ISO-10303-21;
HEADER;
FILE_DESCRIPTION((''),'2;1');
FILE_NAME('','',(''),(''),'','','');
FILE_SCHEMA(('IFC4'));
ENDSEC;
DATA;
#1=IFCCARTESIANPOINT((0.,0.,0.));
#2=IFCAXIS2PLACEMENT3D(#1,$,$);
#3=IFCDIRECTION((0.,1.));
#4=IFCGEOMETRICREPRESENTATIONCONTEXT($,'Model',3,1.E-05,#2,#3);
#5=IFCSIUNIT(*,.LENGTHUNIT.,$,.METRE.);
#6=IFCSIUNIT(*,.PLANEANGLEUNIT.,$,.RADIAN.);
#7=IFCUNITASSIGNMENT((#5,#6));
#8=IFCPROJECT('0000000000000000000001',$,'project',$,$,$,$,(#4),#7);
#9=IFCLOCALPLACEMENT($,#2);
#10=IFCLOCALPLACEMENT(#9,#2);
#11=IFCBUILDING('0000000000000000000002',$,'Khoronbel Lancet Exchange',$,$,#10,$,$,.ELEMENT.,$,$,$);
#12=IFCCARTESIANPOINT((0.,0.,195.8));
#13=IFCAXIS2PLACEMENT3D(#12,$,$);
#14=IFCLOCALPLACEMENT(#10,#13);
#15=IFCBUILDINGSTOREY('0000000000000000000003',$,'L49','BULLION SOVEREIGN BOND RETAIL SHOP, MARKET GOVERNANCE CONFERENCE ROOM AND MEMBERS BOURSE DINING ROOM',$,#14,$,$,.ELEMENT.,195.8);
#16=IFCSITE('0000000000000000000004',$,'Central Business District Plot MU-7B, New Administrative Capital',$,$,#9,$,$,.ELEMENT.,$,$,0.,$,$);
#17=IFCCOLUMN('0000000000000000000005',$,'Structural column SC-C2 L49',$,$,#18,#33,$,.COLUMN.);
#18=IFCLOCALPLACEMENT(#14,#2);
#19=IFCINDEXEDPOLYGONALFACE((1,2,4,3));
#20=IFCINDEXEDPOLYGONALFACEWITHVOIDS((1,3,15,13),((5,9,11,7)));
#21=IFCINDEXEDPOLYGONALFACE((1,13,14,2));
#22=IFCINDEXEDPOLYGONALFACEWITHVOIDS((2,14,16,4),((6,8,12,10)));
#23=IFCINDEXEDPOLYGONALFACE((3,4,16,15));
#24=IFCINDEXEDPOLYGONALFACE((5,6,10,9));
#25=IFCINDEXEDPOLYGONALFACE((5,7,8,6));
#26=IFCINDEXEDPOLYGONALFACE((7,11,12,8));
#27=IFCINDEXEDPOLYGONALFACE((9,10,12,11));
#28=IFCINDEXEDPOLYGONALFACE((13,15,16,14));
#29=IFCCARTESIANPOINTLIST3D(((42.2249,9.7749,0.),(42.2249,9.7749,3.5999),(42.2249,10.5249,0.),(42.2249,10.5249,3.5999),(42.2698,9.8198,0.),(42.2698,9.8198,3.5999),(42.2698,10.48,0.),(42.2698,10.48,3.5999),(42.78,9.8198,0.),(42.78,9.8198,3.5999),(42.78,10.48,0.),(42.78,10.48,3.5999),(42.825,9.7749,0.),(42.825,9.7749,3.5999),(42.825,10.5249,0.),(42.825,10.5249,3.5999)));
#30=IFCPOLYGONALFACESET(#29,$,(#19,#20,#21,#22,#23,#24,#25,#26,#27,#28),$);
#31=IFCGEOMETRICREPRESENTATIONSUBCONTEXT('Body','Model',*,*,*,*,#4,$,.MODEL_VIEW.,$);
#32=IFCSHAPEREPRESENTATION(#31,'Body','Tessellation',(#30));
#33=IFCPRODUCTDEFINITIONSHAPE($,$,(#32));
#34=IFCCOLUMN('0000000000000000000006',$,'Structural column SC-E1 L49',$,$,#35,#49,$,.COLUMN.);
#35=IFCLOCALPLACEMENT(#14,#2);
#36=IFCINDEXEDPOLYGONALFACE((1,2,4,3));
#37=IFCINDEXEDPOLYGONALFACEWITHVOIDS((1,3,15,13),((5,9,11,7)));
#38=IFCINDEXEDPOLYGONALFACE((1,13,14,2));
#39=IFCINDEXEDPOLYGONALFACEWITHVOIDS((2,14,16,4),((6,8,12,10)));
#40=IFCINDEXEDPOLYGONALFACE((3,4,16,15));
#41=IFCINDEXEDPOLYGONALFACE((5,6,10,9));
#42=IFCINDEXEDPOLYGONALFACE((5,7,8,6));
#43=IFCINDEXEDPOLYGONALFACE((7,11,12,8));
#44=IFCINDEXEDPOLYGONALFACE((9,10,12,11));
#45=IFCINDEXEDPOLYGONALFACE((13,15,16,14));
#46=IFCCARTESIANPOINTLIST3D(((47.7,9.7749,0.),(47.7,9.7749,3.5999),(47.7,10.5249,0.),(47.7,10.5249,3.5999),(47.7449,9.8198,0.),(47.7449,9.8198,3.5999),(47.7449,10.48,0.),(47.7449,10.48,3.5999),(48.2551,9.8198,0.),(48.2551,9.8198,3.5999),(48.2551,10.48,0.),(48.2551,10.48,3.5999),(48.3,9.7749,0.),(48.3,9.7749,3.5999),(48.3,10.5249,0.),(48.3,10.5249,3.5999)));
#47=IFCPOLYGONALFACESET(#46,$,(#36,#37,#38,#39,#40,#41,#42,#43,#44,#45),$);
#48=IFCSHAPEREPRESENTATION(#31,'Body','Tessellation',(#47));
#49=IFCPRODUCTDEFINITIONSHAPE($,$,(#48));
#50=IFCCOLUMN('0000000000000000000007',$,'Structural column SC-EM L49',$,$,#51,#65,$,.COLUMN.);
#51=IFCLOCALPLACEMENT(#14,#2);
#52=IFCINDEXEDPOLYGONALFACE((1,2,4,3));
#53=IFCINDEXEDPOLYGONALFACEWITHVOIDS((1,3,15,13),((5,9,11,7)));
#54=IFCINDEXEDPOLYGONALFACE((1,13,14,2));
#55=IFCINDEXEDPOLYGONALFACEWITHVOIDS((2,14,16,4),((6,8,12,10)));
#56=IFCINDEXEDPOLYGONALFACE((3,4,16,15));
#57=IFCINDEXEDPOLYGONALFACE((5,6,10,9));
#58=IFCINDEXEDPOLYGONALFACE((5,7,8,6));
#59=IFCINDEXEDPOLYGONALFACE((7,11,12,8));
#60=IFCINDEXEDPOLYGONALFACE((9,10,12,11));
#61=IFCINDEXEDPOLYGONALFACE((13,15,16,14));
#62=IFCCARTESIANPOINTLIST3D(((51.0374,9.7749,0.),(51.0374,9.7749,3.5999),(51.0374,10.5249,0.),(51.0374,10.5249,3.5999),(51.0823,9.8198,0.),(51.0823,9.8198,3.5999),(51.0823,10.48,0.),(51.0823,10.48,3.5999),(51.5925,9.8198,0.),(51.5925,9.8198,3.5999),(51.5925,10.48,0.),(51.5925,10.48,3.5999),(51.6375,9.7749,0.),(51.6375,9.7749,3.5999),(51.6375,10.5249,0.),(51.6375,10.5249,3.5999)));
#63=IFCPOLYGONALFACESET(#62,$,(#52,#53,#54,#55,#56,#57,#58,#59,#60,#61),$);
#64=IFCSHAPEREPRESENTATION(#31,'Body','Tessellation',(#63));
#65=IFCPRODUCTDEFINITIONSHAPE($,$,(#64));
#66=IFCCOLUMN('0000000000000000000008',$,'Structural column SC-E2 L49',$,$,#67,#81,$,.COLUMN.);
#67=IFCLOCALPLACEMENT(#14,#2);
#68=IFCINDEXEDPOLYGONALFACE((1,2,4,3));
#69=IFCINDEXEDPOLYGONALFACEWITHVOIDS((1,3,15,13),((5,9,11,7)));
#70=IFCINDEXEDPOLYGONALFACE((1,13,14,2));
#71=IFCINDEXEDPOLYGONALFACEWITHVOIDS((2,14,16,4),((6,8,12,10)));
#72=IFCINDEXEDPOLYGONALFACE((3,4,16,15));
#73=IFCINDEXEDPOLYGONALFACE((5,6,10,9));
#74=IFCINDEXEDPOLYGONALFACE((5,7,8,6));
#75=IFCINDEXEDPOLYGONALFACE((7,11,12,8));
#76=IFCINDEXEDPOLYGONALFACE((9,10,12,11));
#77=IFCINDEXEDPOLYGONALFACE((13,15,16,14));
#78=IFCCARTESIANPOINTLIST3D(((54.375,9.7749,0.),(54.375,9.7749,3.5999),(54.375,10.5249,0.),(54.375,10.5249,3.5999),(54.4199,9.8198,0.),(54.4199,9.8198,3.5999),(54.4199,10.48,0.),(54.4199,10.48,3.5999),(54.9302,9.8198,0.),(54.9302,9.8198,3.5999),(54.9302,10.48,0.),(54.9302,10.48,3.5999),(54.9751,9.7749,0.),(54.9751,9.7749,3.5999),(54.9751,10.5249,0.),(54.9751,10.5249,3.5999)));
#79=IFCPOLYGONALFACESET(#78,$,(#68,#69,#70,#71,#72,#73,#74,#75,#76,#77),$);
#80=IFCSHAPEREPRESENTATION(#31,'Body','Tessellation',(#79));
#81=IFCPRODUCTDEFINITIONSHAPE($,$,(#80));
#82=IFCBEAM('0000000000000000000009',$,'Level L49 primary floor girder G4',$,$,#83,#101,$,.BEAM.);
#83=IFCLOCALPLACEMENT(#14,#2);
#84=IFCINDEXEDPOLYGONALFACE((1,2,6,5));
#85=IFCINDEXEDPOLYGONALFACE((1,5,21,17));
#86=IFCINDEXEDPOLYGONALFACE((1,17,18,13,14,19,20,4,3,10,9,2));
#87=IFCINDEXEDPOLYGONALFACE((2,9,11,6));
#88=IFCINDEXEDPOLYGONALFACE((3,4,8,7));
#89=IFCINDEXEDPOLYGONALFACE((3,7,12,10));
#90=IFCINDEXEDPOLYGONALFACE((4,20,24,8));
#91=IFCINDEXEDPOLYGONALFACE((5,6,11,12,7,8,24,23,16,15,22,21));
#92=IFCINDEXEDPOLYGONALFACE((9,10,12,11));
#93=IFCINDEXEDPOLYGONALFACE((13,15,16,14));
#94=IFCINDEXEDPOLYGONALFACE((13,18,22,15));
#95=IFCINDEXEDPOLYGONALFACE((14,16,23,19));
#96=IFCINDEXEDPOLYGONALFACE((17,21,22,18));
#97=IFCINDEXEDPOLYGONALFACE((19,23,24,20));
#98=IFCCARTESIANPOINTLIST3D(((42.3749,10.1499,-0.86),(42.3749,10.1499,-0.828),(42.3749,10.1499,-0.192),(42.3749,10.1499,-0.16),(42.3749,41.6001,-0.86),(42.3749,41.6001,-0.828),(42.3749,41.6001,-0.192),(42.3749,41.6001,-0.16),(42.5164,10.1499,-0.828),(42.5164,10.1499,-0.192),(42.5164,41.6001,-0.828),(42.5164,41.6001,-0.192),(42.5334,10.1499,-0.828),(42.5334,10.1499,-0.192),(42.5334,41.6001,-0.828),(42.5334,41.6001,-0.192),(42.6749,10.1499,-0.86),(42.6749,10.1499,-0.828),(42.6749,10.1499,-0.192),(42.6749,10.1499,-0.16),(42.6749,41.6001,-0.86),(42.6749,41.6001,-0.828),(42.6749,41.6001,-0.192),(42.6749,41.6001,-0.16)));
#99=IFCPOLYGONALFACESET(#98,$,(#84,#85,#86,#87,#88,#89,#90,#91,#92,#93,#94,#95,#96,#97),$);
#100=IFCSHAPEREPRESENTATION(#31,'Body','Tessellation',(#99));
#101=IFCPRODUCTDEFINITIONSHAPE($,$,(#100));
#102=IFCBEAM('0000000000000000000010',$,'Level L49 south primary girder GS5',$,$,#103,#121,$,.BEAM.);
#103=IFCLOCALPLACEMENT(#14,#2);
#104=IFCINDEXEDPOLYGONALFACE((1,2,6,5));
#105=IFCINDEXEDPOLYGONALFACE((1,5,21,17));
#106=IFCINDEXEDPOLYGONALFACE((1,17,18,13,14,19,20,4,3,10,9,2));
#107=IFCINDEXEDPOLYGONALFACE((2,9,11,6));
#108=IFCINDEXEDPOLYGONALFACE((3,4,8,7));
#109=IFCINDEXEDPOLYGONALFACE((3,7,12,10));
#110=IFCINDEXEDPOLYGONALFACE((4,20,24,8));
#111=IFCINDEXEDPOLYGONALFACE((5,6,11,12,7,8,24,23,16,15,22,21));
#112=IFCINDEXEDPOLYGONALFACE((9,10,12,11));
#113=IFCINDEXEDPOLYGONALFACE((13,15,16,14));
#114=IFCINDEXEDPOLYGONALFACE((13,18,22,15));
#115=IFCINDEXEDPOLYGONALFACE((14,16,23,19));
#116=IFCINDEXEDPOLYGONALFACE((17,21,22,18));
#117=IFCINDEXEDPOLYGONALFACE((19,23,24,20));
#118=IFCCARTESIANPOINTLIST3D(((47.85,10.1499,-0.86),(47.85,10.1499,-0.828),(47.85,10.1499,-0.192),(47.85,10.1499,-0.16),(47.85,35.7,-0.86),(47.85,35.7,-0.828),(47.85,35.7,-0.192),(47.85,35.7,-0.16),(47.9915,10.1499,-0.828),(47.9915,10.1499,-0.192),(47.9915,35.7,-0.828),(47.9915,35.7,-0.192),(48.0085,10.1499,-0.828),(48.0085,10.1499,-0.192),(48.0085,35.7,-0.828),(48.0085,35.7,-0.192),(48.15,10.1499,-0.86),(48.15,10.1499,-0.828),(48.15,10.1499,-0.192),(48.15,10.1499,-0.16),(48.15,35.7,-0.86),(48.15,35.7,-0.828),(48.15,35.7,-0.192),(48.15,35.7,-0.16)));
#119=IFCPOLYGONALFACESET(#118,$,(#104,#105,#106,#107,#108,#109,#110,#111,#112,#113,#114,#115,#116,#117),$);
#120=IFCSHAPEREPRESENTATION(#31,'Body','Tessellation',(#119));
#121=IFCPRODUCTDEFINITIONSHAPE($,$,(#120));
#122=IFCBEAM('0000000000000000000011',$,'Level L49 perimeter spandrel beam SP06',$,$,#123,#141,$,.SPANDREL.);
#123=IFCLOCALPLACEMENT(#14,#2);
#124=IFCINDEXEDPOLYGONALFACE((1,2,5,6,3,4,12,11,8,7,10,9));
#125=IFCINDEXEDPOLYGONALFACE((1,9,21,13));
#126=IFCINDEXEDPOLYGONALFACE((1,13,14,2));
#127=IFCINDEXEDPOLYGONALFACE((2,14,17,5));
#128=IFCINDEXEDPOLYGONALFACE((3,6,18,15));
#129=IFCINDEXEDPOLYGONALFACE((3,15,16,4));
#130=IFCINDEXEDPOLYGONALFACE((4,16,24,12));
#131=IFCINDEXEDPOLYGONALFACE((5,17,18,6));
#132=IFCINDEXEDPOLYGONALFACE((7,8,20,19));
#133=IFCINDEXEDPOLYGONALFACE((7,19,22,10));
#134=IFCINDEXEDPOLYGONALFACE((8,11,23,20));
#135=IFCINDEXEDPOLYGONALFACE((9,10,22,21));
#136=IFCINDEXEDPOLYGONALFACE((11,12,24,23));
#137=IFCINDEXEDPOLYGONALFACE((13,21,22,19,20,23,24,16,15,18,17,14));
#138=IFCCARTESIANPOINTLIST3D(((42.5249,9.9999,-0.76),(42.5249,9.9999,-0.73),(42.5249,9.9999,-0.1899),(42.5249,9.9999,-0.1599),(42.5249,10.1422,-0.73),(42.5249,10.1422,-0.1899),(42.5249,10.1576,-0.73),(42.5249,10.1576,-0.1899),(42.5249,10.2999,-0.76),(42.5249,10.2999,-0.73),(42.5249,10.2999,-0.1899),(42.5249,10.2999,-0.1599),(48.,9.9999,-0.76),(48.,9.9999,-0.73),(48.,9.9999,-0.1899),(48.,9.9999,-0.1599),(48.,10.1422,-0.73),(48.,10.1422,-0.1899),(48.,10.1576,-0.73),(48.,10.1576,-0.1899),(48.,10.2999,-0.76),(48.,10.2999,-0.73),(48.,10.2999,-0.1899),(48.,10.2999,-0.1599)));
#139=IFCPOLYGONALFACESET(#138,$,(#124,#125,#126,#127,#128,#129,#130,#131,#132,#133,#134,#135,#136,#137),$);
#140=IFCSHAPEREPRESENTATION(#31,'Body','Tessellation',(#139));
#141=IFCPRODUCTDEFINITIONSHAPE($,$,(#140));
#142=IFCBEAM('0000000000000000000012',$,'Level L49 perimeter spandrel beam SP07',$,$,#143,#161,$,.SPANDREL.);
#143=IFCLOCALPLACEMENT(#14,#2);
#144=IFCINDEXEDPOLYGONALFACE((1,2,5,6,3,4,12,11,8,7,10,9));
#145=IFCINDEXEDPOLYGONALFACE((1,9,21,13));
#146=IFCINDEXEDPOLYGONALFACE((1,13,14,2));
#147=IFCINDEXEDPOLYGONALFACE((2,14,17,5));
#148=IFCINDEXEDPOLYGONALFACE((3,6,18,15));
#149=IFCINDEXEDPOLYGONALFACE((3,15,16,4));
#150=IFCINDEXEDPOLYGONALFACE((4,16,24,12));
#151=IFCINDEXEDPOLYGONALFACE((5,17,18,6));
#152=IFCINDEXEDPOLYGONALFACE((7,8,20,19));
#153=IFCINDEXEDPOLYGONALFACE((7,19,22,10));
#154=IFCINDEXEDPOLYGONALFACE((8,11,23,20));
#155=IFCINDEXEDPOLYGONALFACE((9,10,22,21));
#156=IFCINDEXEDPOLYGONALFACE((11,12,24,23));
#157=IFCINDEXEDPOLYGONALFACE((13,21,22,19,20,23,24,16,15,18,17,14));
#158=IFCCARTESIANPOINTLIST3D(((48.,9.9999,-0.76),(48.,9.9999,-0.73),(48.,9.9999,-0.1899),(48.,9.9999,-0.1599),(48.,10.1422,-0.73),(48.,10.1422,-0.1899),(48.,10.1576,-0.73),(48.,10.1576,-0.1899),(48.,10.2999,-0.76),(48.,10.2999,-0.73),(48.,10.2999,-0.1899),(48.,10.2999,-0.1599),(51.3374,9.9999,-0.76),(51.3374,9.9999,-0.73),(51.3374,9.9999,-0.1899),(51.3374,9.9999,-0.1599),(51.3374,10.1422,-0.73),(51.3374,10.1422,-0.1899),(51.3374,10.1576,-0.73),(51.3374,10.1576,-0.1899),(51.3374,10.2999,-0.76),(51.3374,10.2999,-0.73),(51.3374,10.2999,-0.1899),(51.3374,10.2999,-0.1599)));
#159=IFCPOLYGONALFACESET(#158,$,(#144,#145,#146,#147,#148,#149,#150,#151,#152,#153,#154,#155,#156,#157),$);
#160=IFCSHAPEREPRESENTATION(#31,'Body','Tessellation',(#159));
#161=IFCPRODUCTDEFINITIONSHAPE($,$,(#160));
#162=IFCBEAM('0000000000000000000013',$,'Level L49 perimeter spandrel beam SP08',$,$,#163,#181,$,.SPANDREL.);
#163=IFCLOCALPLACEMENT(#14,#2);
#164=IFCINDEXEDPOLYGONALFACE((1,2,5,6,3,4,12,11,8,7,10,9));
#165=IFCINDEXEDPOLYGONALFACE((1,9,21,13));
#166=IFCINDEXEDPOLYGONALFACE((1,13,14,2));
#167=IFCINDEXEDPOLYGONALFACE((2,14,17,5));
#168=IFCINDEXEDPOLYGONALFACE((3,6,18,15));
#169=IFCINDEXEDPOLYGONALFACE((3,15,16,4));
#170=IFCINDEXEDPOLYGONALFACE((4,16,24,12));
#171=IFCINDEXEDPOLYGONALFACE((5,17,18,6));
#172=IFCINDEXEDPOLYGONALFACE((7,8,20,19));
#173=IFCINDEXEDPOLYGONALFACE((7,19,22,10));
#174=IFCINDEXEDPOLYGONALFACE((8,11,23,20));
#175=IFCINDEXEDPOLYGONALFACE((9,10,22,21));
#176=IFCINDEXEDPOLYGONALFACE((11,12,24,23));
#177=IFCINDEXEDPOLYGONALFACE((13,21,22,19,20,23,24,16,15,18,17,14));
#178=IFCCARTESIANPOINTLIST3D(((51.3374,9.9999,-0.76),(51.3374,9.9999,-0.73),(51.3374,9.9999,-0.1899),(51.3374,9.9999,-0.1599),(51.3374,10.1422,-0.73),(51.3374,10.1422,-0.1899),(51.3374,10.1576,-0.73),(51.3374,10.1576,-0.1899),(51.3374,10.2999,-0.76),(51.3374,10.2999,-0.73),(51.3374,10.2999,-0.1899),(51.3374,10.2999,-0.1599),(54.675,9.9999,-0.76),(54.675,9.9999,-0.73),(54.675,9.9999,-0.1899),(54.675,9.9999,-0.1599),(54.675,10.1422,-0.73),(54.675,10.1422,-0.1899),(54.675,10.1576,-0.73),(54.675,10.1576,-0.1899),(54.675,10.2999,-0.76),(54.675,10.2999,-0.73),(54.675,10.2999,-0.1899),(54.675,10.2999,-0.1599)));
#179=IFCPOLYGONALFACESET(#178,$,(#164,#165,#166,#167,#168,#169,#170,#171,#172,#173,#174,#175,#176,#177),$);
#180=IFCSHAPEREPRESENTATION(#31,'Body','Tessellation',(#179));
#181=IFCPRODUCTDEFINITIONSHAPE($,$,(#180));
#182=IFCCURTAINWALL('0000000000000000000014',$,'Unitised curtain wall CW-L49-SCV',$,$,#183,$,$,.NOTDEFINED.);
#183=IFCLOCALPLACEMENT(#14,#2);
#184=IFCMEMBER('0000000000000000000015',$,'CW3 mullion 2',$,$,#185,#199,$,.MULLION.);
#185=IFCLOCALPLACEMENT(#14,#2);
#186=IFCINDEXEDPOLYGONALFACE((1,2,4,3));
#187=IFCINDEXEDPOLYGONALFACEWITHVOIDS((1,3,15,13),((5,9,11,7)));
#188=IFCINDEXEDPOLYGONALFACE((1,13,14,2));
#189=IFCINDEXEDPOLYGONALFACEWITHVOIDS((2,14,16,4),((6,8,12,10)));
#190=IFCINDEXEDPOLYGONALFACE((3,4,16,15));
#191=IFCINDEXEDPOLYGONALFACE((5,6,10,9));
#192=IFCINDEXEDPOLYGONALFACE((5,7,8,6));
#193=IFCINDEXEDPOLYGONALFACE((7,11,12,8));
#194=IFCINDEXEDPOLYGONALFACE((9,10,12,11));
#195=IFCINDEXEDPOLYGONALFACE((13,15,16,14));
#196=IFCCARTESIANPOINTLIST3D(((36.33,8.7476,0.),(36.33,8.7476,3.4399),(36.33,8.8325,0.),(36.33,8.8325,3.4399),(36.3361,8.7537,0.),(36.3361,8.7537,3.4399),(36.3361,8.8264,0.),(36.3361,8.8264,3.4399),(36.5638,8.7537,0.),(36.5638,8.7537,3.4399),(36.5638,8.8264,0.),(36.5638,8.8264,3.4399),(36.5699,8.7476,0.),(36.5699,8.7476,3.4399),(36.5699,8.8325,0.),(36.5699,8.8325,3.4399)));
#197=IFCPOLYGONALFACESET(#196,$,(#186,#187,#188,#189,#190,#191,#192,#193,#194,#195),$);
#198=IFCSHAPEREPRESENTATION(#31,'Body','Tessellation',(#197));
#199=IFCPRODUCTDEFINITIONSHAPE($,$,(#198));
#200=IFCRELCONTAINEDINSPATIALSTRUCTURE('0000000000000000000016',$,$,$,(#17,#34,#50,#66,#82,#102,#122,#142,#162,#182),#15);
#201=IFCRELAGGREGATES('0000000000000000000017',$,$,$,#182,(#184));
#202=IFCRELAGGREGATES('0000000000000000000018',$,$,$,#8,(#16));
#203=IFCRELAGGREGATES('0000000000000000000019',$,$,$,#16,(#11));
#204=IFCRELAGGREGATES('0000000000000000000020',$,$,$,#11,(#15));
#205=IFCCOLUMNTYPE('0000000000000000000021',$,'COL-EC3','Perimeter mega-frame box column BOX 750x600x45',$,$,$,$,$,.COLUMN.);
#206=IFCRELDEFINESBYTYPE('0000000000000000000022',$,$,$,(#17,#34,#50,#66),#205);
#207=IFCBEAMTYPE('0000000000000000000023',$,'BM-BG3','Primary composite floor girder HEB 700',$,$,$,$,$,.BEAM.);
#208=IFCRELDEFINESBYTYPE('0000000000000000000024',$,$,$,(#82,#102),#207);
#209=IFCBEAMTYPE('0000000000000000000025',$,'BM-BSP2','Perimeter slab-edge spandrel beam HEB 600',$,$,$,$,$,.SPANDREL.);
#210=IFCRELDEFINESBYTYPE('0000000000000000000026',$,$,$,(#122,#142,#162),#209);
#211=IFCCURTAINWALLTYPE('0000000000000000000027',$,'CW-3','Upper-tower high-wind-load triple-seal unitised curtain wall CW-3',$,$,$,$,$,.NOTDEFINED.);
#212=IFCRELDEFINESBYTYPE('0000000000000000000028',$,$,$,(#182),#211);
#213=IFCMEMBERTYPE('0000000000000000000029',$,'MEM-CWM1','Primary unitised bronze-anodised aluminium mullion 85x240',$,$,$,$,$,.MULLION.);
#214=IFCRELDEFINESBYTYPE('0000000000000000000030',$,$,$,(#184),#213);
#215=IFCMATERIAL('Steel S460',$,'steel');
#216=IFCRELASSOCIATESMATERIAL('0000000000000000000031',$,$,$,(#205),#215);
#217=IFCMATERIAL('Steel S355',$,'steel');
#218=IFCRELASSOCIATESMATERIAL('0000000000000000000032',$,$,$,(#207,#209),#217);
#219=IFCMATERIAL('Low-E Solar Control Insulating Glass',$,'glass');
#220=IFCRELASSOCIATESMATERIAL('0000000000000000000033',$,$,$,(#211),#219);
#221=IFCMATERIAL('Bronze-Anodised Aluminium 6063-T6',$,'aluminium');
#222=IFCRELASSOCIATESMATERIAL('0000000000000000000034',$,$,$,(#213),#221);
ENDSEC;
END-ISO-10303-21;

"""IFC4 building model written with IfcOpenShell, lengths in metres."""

from ifc_helpers import new_model, si_unit, direction, frame, origin, origin_2d, place, context, subcontext, project, spatial, hollow_rectangle, i_section, extrude, material, material_profile, profile_set, type_object, element, aggregate, save


model = new_model("IFC4")

# Units and contexts
model_context = context("Model", 3, precision=1e-05, world=origin(), true_north=direction((0.0, 1.0)))
body_context = subcontext(model_context, "Body", "Model", "MODEL_VIEW")
ifc_project = project(units=[si_unit("LENGTHUNIT", "METRE"), si_unit("PLANEANGLEUNIT", "RADIAN")], contexts=[model_context])

# Site, building, storey
site_placement = place(None, origin())
site = spatial("IfcSite", under=ifc_project, at=site_placement, Name="Central Business District Plot MU-7B, New Administrative Capital", CompositionType="ELEMENT", RefElevation=0.0)
building_placement = place(site_placement, origin())
building = spatial("IfcBuilding", under=site, at=building_placement, Name="Khoronbel Lancet Exchange", CompositionType="ELEMENT")
storey_placement = place(building_placement, frame((0.0, 0.0, 195.8)))
storey = spatial("IfcBuildingStorey", under=building, at=storey_placement, Name="L49", Description="BULLION SOVEREIGN BOND RETAIL SHOP, MARKET GOVERNANCE CONFERENCE ROOM AND MEMBERS BOURSE DINING ROOM", CompositionType="ELEMENT", Elevation=195.8)

# Columns
ifc_material_1 = material(Name="Steel S460", Category="steel")
ifc_material_profile_1 = material_profile(ifc_material_1, hollow_rectangle(XDim=0.6001, YDim=0.75, WallThickness=0.0449, at=origin_2d()), Name="BOX 750x600x45")
ifc_profile_set_1 = profile_set([ifc_material_profile_1], Name="Steel S460")
column_type = type_object("IfcColumnType", Name="COL-EC3", Description="Perimeter mega-frame box column BOX 750x600x45", PredefinedType="COLUMN", material=ifc_profile_set_1)
for number, where, z_axis, x_axis, name in (
    (1, (42.5249, 10.1499, 0.0), (0.0, 0.0, 1.0), (1.0, 0.0, 0.0), "Structural column SC-C2 L49"),
    (2, (48.0, 10.1499, 0.0), (0.0, 0.0, 1.0), (1.0, 0.0, 0.0), "Structural column SC-E1 L49"),
    (3, (51.3374, 10.1499, 0.0), (0.0, 0.0, 1.0), (1.0, 0.0, 0.0), "Structural column SC-EM L49"),
    (4, (54.675, 10.1499, 0.0), (0.0, 0.0, 1.0), (1.0, 0.0, 0.0), "Structural column SC-E2 L49"),
):
    element("IfcColumn", number, at=place(storey_placement, frame(where, z_axis=z_axis, x_axis=x_axis)), inside=storey, type_object=column_type, Name=name, PredefinedType="COLUMN", context=body_context, shape_type="SweptSolid", body=[
        extrude(hollow_rectangle(XDim=0.6001, YDim=0.75, WallThickness=0.0449, at=origin_2d()), origin(), (0.0, 0.0, 1.0), 3.5999),
    ])

# Beams
ifc_material_2 = material(Name="Steel S355", Category="steel")
ifc_material_profile_2 = material_profile(ifc_material_2, i_section(OverallWidth=0.3, OverallDepth=0.7, WebThickness=0.0171, FlangeThickness=0.032, at=origin_2d()), Name="HEB 700")
ifc_profile_set_2 = profile_set([ifc_material_profile_2], Name="Steel S355")
beam_type_1 = type_object("IfcBeamType", Name="BM-BG3", Description="Primary composite floor girder HEB 700", PredefinedType="BEAM", material=ifc_profile_set_2)
beam_1_placement = place(storey_placement, frame((42.5249, 10.1499, -0.51), z_axis=(0.0, 1.0, 0.0), x_axis=(-1.0, 0.0, 0.0)))
element("IfcBeam", 5, at=beam_1_placement, inside=storey, type_object=beam_type_1, Name="Level L49 primary floor girder G4", PredefinedType="BEAM", context=body_context, shape_type="SweptSolid", body=[
    extrude(i_section(OverallWidth=0.3, OverallDepth=0.7, WebThickness=0.0171, FlangeThickness=0.032, at=origin_2d()), origin(), (0.0, 0.0, 1.0), 31.4502),
])
beam_2_placement = place(storey_placement, frame((48.0, 10.1499, -0.51), z_axis=(0.0, 1.0, 0.0), x_axis=(-1.0, 0.0, 0.0)))
element("IfcBeam", 6, at=beam_2_placement, inside=storey, type_object=beam_type_1, Name="Level L49 south primary girder GS5", PredefinedType="BEAM", context=body_context, shape_type="SweptSolid", body=[
    extrude(i_section(OverallWidth=0.3, OverallDepth=0.7, WebThickness=0.0171, FlangeThickness=0.032, at=origin_2d()), origin(), (0.0, 0.0, 1.0), 25.55),
])
ifc_material_profile_3 = material_profile(ifc_material_2, i_section(OverallWidth=0.3, OverallDepth=0.6001, WebThickness=0.0154, FlangeThickness=0.03, at=origin_2d()), Name="HEB 600")
ifc_profile_set_3 = profile_set([ifc_material_profile_3], Name="Steel S355")
beam_type_2 = type_object("IfcBeamType", Name="BM-BSP2", Description="Perimeter slab-edge spandrel beam HEB 600", PredefinedType="SPANDREL", material=ifc_profile_set_3)
beam_3_placement = place(storey_placement, frame((42.5249, 10.1499, -0.46), z_axis=(1.0, 0.0, 0.0), x_axis=(0.0, 1.0, 0.0)))
element("IfcBeam", 7, at=beam_3_placement, inside=storey, type_object=beam_type_2, Name="Level L49 perimeter spandrel beam SP06", PredefinedType="SPANDREL", context=body_context, shape_type="SweptSolid", body=[
    extrude(i_section(OverallWidth=0.3, OverallDepth=0.6001, WebThickness=0.0154, FlangeThickness=0.03, at=origin_2d()), origin(), (0.0, 0.0, 1.0), 5.4751),
])
beam_4_placement = place(storey_placement, frame((48.0, 10.1499, -0.46), z_axis=(1.0, 0.0, 0.0), x_axis=(0.0, 1.0, 0.0)))
element("IfcBeam", 8, at=beam_4_placement, inside=storey, type_object=beam_type_2, Name="Level L49 perimeter spandrel beam SP07", PredefinedType="SPANDREL", context=body_context, shape_type="SweptSolid", body=[
    extrude(i_section(OverallWidth=0.3, OverallDepth=0.6001, WebThickness=0.0154, FlangeThickness=0.03, at=origin_2d()), origin(), (0.0, 0.0, 1.0), 3.3374),
])
beam_5_placement = place(storey_placement, frame((51.3374, 10.1499, -0.46), z_axis=(1.0, 0.0, 0.0), x_axis=(0.0, 1.0, 0.0)))
element("IfcBeam", 9, at=beam_5_placement, inside=storey, type_object=beam_type_2, Name="Level L49 perimeter spandrel beam SP08", PredefinedType="SPANDREL", context=body_context, shape_type="SweptSolid", body=[
    extrude(i_section(OverallWidth=0.3, OverallDepth=0.6001, WebThickness=0.0154, FlangeThickness=0.03, at=origin_2d()), origin(), (0.0, 0.0, 1.0), 3.3376),
])

# Curtain wall, member
ifc_material_3 = material(Name="Low-E Solar Control Insulating Glass", Category="glass")
curtain_wall_type = type_object("IfcCurtainWallType", Name="CW-3", Description="Upper-tower high-wind-load triple-seal unitised curtain wall CW-3", PredefinedType="NOTDEFINED", material=ifc_material_3)
curtain_wall_1_placement = place(storey_placement, origin())
curtain_wall_1 = element("IfcCurtainWall", 10, at=curtain_wall_1_placement, inside=storey, type_object=curtain_wall_type, Name="Unitised curtain wall CW-L49-SCV", PredefinedType="NOTDEFINED")
ifc_material_4 = material(Name="Bronze-Anodised Aluminium 6063-T6", Category="aluminium")
ifc_material_profile_4 = material_profile(ifc_material_4, hollow_rectangle(XDim=0.085, YDim=0.24, WallThickness=0.0061, at=origin_2d()), Name="ALU MULLION 85x240")
ifc_profile_set_4 = profile_set([ifc_material_profile_4], Name="Bronze-Anodised Aluminium 6063-T6")
member_type_1 = type_object("IfcMemberType", Name="MEM-CWM1", Description="Primary unitised bronze-anodised aluminium mullion 85x240", PredefinedType="MULLION", material=ifc_profile_set_4)
member_1_placement = place(storey_placement, frame((36.45, 8.79, 0.0), z_axis=(0.0, 0.0, 1.0), x_axis=(0.0, 1.0, 0.0)))
member_1 = element("IfcMember", 11, at=member_1_placement, type_object=member_type_1, Name="CW3 mullion 2", PredefinedType="MULLION", context=body_context, shape_type="SweptSolid", body=[
    extrude(hollow_rectangle(XDim=0.085, YDim=0.24, WallThickness=0.0061, at=origin_2d()), origin(), (0.0, 0.0, 1.0), 3.4399),
])

aggregate(curtain_wall_1, [member_1])

save(model, "model.ifc")
